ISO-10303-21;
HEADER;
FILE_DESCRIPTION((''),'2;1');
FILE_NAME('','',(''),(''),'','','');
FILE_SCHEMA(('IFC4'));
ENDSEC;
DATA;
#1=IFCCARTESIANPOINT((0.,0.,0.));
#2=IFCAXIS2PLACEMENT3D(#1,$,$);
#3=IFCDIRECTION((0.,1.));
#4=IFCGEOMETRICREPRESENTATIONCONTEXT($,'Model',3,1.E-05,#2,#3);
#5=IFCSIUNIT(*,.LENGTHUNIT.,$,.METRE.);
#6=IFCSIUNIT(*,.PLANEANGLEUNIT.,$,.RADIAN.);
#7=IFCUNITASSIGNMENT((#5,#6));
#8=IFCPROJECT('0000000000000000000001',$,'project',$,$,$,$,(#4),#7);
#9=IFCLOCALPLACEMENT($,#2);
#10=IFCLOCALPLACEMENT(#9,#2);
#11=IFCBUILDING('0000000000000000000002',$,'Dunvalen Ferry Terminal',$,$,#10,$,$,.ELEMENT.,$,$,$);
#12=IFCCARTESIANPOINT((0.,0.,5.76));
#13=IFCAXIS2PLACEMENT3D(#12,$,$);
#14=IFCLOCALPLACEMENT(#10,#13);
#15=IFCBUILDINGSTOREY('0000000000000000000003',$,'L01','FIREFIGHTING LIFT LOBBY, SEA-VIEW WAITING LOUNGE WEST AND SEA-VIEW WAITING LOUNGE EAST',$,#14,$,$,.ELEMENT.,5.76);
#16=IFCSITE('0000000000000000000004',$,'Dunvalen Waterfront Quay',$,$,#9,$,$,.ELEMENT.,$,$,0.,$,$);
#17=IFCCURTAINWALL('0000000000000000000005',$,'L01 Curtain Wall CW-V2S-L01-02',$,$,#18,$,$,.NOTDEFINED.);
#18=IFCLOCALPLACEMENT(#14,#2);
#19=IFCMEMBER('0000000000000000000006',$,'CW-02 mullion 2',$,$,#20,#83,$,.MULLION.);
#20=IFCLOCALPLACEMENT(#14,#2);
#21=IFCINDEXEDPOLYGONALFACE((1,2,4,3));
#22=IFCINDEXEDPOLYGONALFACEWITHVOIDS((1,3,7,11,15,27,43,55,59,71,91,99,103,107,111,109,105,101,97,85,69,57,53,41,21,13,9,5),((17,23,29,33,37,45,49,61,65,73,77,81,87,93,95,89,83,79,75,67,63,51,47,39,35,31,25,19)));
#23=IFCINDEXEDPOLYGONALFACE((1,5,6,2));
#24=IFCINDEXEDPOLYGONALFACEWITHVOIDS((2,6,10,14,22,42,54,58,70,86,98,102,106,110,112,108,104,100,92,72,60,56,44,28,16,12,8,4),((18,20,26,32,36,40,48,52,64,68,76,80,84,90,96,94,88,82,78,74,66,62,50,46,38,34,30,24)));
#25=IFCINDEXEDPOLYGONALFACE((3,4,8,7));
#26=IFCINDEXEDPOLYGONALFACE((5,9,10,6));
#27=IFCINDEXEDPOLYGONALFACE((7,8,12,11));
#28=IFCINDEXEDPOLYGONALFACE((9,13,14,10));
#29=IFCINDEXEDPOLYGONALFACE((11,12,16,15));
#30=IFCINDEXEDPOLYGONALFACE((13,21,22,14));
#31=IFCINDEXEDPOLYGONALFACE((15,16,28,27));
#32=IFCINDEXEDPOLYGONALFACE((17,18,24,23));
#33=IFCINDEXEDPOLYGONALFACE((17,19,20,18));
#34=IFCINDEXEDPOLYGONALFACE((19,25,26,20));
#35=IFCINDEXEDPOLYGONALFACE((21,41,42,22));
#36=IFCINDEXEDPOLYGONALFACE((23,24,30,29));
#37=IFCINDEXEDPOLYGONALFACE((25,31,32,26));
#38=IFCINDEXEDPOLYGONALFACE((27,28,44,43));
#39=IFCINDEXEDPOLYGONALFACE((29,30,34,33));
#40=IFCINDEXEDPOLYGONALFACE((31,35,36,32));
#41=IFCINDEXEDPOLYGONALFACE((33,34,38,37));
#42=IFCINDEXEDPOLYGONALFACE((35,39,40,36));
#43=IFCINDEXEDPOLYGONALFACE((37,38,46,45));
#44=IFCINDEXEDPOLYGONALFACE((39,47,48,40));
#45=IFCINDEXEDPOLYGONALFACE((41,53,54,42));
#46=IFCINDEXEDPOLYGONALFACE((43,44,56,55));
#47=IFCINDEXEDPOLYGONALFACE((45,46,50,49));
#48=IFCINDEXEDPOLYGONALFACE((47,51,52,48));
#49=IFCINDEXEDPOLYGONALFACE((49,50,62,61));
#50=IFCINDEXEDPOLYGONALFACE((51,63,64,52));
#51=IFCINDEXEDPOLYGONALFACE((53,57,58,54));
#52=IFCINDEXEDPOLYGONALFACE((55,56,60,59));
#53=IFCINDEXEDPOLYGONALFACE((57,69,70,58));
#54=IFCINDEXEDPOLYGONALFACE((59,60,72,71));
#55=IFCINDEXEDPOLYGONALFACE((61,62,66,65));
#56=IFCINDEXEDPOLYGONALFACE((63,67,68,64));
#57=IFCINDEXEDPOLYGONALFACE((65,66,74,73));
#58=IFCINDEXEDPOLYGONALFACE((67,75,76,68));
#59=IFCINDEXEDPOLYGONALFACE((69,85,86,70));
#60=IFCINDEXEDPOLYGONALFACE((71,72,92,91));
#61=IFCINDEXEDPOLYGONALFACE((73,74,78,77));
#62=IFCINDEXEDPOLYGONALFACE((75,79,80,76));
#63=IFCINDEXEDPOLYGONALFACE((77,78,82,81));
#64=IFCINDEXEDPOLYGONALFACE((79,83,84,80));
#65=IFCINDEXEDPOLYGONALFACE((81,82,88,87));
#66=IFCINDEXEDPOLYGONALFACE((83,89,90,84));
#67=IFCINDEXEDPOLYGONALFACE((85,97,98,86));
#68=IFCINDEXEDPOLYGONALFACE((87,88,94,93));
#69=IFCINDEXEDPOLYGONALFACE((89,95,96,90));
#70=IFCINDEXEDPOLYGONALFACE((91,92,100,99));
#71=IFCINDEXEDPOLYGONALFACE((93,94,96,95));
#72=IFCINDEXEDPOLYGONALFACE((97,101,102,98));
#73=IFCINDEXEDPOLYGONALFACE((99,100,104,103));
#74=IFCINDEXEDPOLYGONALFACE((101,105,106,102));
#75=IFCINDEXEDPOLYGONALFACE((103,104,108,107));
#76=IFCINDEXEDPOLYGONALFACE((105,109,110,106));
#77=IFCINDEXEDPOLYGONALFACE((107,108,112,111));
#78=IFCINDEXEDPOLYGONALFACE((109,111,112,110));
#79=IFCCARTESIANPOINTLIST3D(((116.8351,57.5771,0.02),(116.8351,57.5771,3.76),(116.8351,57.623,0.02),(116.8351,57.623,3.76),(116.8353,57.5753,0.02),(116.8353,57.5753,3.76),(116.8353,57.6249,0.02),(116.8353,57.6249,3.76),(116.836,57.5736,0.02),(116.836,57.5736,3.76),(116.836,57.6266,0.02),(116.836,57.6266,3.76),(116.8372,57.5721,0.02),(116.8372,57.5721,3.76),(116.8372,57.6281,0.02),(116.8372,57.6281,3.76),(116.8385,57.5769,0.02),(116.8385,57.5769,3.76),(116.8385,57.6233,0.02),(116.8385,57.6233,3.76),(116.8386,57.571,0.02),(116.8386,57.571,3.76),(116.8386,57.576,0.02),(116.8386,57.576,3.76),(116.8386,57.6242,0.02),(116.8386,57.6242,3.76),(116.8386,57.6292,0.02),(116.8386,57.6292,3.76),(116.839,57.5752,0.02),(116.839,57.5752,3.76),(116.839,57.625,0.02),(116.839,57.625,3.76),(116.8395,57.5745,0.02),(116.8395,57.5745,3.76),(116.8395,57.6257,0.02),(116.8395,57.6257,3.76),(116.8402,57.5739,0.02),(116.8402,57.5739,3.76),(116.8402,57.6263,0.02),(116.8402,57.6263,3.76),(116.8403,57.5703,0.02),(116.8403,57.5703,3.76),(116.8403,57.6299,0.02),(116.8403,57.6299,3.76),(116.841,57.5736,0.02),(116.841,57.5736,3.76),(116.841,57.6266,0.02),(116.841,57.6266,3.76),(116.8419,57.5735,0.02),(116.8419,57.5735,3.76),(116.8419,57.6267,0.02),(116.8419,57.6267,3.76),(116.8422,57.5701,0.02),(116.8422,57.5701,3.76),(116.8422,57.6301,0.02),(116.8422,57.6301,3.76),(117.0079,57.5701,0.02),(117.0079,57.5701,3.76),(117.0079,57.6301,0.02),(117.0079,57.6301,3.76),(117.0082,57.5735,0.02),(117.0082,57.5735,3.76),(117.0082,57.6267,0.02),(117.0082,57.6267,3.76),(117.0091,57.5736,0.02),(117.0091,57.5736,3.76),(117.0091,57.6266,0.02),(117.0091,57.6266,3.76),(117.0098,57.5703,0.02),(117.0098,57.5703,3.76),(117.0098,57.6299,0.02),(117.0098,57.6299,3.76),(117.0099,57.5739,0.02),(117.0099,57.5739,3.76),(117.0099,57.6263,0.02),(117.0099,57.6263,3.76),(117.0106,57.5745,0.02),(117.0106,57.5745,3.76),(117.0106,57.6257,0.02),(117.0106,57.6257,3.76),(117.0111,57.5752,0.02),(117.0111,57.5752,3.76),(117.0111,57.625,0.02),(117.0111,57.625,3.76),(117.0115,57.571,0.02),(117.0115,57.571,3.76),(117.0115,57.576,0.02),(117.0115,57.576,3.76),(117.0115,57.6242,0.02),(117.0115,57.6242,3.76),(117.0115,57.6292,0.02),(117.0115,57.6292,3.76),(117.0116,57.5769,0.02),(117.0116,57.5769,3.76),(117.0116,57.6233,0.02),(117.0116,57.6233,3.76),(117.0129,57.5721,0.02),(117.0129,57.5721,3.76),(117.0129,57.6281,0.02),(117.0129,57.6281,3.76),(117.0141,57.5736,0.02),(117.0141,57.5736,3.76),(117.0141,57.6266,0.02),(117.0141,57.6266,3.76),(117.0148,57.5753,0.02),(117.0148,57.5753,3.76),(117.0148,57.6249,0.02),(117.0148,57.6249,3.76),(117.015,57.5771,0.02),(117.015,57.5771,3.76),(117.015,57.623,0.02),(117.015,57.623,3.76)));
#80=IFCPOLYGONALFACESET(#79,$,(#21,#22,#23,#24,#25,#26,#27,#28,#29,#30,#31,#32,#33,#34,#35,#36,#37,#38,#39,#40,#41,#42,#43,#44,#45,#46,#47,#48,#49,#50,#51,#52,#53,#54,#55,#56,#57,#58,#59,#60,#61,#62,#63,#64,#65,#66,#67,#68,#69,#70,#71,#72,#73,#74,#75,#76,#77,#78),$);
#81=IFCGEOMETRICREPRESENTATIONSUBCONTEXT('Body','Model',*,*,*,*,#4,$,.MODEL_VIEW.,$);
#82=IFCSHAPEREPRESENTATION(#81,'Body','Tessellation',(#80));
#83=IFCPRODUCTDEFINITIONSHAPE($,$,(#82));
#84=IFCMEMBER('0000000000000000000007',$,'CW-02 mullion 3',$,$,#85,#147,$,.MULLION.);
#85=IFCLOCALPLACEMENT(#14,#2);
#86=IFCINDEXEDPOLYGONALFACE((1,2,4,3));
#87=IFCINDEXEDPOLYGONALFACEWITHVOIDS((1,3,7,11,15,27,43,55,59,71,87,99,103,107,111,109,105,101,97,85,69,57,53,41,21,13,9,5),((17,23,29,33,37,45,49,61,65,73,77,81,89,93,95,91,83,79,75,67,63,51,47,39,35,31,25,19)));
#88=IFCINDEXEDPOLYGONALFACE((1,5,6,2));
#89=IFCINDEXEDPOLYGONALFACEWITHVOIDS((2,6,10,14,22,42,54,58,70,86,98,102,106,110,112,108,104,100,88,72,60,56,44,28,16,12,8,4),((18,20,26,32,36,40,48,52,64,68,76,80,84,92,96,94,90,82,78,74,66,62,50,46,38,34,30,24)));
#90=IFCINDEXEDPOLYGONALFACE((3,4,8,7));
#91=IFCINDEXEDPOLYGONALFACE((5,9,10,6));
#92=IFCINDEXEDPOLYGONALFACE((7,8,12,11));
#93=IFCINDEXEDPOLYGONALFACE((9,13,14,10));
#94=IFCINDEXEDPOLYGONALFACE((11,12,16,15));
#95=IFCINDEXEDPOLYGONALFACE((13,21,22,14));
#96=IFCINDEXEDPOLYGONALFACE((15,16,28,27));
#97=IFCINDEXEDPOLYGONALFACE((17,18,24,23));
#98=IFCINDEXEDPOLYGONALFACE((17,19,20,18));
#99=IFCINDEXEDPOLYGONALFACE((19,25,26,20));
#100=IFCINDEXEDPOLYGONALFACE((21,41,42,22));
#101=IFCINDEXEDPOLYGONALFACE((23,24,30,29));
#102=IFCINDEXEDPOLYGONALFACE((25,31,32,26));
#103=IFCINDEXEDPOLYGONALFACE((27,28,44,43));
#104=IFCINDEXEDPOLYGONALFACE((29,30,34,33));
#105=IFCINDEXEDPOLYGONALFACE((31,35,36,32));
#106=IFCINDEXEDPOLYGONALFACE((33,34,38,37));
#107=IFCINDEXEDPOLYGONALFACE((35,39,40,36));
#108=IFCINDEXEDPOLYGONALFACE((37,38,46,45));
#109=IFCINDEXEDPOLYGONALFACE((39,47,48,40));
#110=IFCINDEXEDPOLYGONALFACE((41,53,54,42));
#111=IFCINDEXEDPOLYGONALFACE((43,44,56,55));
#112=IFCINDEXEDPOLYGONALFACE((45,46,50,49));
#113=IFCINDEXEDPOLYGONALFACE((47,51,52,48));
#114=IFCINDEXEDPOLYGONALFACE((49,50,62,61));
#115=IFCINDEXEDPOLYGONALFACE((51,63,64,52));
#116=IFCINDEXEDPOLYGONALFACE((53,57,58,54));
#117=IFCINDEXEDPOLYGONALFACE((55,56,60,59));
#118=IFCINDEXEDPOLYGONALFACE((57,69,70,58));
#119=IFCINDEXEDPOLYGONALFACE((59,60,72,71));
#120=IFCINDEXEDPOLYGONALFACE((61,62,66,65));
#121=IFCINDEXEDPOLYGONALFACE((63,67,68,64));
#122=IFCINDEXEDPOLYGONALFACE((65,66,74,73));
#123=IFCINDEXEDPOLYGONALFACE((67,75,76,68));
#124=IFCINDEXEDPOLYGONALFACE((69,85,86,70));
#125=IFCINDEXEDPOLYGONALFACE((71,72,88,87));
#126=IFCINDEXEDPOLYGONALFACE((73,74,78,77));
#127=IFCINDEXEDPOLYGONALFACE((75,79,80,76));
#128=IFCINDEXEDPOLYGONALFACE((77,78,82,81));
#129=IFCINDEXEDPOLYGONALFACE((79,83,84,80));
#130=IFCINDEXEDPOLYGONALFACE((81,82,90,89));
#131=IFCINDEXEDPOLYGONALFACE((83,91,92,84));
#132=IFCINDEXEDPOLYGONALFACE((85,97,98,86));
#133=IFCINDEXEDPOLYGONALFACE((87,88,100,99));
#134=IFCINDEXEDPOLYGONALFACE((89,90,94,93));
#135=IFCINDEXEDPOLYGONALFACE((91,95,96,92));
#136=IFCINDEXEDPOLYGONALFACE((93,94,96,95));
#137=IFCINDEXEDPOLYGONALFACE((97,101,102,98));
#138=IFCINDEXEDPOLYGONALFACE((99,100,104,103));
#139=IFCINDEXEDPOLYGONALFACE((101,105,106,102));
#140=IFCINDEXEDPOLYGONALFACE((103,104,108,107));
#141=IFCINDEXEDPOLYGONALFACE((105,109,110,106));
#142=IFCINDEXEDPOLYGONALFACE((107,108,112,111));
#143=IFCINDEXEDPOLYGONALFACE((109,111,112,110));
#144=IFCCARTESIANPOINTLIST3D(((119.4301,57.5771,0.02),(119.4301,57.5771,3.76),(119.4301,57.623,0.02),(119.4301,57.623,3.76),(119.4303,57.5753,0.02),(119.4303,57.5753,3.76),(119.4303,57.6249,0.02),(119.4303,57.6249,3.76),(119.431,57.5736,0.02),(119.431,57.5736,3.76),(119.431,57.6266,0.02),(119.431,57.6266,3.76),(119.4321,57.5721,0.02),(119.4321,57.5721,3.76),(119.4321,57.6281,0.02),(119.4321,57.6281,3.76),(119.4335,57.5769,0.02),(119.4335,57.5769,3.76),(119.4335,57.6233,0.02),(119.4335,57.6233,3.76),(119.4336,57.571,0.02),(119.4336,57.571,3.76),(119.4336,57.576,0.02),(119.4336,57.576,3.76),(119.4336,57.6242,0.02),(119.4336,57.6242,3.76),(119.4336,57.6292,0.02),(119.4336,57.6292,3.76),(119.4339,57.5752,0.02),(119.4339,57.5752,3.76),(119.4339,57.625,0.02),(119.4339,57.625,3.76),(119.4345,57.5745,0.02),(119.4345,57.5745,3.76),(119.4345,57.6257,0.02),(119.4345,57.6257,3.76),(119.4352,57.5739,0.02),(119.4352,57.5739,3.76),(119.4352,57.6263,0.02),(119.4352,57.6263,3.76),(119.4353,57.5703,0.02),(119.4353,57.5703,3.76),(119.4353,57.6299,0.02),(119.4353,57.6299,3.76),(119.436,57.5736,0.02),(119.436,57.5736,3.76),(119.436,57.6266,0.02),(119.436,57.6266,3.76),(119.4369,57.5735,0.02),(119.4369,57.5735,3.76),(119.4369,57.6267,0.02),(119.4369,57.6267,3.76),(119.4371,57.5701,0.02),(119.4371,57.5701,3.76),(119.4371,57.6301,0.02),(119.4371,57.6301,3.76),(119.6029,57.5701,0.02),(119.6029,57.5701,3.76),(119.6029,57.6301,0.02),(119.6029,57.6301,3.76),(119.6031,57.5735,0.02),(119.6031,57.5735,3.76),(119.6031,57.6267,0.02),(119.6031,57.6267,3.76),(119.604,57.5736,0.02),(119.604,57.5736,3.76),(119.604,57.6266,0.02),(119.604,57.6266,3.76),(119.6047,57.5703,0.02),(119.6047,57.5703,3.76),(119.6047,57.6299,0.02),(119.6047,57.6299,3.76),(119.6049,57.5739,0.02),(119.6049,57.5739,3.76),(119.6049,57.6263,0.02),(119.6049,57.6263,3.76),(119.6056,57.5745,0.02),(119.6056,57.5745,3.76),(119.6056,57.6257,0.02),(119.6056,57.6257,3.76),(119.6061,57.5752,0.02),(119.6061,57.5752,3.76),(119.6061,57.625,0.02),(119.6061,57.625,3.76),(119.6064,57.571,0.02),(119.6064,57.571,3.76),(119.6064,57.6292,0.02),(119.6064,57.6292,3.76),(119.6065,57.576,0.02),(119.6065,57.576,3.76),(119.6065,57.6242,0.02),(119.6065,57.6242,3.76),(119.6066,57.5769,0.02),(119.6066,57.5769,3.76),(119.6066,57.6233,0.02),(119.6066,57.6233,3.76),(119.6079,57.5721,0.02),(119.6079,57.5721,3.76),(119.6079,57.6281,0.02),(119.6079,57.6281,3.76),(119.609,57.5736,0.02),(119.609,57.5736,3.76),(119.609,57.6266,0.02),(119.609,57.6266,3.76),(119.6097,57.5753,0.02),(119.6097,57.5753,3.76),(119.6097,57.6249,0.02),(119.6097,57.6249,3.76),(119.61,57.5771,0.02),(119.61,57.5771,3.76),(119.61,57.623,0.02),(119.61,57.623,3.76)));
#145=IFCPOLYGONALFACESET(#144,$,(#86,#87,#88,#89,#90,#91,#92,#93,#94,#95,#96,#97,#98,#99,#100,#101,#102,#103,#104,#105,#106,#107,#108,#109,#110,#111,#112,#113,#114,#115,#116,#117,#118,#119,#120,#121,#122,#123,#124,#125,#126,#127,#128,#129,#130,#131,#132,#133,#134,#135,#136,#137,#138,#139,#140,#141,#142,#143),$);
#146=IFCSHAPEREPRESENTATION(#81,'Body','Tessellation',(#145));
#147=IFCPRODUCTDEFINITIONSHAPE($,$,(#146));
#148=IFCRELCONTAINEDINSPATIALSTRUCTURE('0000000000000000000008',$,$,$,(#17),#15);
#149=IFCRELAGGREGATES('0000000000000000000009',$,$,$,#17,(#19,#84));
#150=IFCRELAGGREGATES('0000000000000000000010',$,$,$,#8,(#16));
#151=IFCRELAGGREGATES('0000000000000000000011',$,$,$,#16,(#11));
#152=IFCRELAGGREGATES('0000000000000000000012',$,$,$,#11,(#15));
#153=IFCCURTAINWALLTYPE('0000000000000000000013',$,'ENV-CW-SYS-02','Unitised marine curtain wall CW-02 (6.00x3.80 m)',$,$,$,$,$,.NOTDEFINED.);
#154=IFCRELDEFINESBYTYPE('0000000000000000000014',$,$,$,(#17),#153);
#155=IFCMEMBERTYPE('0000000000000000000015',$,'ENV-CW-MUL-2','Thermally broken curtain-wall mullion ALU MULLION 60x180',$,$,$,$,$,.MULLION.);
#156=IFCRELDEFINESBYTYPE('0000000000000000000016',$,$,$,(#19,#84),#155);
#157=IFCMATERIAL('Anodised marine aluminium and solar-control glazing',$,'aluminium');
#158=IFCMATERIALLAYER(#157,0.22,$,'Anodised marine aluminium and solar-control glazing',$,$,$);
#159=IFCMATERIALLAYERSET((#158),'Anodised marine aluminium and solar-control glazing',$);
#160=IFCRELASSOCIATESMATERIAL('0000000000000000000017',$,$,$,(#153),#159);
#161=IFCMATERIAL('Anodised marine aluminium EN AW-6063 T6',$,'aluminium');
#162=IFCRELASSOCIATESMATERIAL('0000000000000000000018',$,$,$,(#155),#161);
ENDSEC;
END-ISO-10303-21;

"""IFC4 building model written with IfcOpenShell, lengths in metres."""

from ifc_helpers import new_model, si_unit, direction, frame, origin, origin_2d, place, context, subcontext, project, spatial, hollow_rectangle, extrude, material, layer, layer_set, material_profile, profile_set, type_object, element, aggregate, save


model = new_model("IFC4")

# Units and contexts
model_context = context("Model", 3, precision=1e-05, world=origin(), true_north=direction((0.0, 1.0)))
body_context = subcontext(model_context, "Body", "Model", "MODEL_VIEW")
ifc_project = project(units=[si_unit("LENGTHUNIT", "METRE"), si_unit("PLANEANGLEUNIT", "RADIAN")], contexts=[model_context])

# Site, building, storey
site_placement = place(None, origin())
site = spatial("IfcSite", under=ifc_project, at=site_placement, Name="Dunvalen Waterfront Quay", CompositionType="ELEMENT", RefElevation=0.0)
building_placement = place(site_placement, origin())
building = spatial("IfcBuilding", under=site, at=building_placement, Name="Dunvalen Ferry Terminal", CompositionType="ELEMENT")
storey_placement = place(building_placement, frame((0.0, 0.0, 5.76)))
storey = spatial("IfcBuildingStorey", under=building, at=storey_placement, Name="L01", Description="FIREFIGHTING LIFT LOBBY, SEA-VIEW WAITING LOUNGE WEST AND SEA-VIEW WAITING LOUNGE EAST", CompositionType="ELEMENT", Elevation=5.76)

# Curtain wall, members
ifc_material_1 = material(Name="Anodised marine aluminium and solar-control glazing", Category="aluminium")
ifc_layer_1 = layer(ifc_material_1, 0.22, Name="Anodised marine aluminium and solar-control glazing")
ifc_layer_set_1 = layer_set([ifc_layer_1], Name="Anodised marine aluminium and solar-control glazing")
curtain_wall_type_1 = type_object("IfcCurtainWallType", Name="ENV-CW-SYS-02", Description="Unitised marine curtain wall CW-02 (6.00x3.80 m)", PredefinedType="NOTDEFINED", material=ifc_layer_set_1)
ifc_material_2 = material(Name="Anodised marine aluminium EN AW-6063 T6", Category="aluminium")
ifc_material_profile_1 = material_profile(ifc_material_2, hollow_rectangle(XDim=0.0601, YDim=0.1799, WallThickness=0.0034, InnerFilletRadius=0.0034, OuterFilletRadius=0.0071, at=origin_2d()), Name="Anodised marine aluminium EN AW-6063 T6")
ifc_profile_set_1 = profile_set([ifc_material_profile_1], Name="Anodised marine aluminium EN AW-6063 T6")
member_type_1 = type_object("IfcMemberType", Name="ENV-CW-MUL-2", Description="Thermally broken curtain-wall mullion ALU MULLION 60x180", PredefinedType="MULLION", material=ifc_profile_set_1)
curtain_wall_1_placement = place(storey_placement, origin())
curtain_wall_1 = element("IfcCurtainWall", 1, at=curtain_wall_1_placement, inside=storey, type_object=curtain_wall_type_1, Name="L01 Curtain Wall CW-V2S-L01-02", PredefinedType="NOTDEFINED")
member_1_placement = place(storey_placement, frame((116.925, 57.6001, 0.02), z_axis=(0.0, 0.0, 1.0), x_axis=(0.0, 1.0, 0.0)))
member_1 = element("IfcMember", 2, at=member_1_placement, type_object=member_type_1, Name="CW-02 mullion 2", PredefinedType="MULLION", context=body_context, shape_type="SweptSolid", body=[
    extrude(hollow_rectangle(XDim=0.0601, YDim=0.1799, WallThickness=0.0034, InnerFilletRadius=0.0034, OuterFilletRadius=0.0071, at=origin_2d()), origin(), (0.0, 0.0, 1.0), 3.74),
])
member_2_placement = place(storey_placement, frame((119.52, 57.6001, 0.02), z_axis=(0.0, 0.0, 1.0), x_axis=(0.0, 1.0, 0.0)))
member_2 = element("IfcMember", 3, at=member_2_placement, type_object=member_type_1, Name="CW-02 mullion 3", PredefinedType="MULLION", context=body_context, shape_type="SweptSolid", body=[
    extrude(hollow_rectangle(XDim=0.0601, YDim=0.1799, WallThickness=0.0034, InnerFilletRadius=0.0034, OuterFilletRadius=0.0071, at=origin_2d()), origin(), (0.0, 0.0, 1.0), 3.74),
])

aggregate(curtain_wall_1, [member_1, member_2])

save(model, "model.ifc")
